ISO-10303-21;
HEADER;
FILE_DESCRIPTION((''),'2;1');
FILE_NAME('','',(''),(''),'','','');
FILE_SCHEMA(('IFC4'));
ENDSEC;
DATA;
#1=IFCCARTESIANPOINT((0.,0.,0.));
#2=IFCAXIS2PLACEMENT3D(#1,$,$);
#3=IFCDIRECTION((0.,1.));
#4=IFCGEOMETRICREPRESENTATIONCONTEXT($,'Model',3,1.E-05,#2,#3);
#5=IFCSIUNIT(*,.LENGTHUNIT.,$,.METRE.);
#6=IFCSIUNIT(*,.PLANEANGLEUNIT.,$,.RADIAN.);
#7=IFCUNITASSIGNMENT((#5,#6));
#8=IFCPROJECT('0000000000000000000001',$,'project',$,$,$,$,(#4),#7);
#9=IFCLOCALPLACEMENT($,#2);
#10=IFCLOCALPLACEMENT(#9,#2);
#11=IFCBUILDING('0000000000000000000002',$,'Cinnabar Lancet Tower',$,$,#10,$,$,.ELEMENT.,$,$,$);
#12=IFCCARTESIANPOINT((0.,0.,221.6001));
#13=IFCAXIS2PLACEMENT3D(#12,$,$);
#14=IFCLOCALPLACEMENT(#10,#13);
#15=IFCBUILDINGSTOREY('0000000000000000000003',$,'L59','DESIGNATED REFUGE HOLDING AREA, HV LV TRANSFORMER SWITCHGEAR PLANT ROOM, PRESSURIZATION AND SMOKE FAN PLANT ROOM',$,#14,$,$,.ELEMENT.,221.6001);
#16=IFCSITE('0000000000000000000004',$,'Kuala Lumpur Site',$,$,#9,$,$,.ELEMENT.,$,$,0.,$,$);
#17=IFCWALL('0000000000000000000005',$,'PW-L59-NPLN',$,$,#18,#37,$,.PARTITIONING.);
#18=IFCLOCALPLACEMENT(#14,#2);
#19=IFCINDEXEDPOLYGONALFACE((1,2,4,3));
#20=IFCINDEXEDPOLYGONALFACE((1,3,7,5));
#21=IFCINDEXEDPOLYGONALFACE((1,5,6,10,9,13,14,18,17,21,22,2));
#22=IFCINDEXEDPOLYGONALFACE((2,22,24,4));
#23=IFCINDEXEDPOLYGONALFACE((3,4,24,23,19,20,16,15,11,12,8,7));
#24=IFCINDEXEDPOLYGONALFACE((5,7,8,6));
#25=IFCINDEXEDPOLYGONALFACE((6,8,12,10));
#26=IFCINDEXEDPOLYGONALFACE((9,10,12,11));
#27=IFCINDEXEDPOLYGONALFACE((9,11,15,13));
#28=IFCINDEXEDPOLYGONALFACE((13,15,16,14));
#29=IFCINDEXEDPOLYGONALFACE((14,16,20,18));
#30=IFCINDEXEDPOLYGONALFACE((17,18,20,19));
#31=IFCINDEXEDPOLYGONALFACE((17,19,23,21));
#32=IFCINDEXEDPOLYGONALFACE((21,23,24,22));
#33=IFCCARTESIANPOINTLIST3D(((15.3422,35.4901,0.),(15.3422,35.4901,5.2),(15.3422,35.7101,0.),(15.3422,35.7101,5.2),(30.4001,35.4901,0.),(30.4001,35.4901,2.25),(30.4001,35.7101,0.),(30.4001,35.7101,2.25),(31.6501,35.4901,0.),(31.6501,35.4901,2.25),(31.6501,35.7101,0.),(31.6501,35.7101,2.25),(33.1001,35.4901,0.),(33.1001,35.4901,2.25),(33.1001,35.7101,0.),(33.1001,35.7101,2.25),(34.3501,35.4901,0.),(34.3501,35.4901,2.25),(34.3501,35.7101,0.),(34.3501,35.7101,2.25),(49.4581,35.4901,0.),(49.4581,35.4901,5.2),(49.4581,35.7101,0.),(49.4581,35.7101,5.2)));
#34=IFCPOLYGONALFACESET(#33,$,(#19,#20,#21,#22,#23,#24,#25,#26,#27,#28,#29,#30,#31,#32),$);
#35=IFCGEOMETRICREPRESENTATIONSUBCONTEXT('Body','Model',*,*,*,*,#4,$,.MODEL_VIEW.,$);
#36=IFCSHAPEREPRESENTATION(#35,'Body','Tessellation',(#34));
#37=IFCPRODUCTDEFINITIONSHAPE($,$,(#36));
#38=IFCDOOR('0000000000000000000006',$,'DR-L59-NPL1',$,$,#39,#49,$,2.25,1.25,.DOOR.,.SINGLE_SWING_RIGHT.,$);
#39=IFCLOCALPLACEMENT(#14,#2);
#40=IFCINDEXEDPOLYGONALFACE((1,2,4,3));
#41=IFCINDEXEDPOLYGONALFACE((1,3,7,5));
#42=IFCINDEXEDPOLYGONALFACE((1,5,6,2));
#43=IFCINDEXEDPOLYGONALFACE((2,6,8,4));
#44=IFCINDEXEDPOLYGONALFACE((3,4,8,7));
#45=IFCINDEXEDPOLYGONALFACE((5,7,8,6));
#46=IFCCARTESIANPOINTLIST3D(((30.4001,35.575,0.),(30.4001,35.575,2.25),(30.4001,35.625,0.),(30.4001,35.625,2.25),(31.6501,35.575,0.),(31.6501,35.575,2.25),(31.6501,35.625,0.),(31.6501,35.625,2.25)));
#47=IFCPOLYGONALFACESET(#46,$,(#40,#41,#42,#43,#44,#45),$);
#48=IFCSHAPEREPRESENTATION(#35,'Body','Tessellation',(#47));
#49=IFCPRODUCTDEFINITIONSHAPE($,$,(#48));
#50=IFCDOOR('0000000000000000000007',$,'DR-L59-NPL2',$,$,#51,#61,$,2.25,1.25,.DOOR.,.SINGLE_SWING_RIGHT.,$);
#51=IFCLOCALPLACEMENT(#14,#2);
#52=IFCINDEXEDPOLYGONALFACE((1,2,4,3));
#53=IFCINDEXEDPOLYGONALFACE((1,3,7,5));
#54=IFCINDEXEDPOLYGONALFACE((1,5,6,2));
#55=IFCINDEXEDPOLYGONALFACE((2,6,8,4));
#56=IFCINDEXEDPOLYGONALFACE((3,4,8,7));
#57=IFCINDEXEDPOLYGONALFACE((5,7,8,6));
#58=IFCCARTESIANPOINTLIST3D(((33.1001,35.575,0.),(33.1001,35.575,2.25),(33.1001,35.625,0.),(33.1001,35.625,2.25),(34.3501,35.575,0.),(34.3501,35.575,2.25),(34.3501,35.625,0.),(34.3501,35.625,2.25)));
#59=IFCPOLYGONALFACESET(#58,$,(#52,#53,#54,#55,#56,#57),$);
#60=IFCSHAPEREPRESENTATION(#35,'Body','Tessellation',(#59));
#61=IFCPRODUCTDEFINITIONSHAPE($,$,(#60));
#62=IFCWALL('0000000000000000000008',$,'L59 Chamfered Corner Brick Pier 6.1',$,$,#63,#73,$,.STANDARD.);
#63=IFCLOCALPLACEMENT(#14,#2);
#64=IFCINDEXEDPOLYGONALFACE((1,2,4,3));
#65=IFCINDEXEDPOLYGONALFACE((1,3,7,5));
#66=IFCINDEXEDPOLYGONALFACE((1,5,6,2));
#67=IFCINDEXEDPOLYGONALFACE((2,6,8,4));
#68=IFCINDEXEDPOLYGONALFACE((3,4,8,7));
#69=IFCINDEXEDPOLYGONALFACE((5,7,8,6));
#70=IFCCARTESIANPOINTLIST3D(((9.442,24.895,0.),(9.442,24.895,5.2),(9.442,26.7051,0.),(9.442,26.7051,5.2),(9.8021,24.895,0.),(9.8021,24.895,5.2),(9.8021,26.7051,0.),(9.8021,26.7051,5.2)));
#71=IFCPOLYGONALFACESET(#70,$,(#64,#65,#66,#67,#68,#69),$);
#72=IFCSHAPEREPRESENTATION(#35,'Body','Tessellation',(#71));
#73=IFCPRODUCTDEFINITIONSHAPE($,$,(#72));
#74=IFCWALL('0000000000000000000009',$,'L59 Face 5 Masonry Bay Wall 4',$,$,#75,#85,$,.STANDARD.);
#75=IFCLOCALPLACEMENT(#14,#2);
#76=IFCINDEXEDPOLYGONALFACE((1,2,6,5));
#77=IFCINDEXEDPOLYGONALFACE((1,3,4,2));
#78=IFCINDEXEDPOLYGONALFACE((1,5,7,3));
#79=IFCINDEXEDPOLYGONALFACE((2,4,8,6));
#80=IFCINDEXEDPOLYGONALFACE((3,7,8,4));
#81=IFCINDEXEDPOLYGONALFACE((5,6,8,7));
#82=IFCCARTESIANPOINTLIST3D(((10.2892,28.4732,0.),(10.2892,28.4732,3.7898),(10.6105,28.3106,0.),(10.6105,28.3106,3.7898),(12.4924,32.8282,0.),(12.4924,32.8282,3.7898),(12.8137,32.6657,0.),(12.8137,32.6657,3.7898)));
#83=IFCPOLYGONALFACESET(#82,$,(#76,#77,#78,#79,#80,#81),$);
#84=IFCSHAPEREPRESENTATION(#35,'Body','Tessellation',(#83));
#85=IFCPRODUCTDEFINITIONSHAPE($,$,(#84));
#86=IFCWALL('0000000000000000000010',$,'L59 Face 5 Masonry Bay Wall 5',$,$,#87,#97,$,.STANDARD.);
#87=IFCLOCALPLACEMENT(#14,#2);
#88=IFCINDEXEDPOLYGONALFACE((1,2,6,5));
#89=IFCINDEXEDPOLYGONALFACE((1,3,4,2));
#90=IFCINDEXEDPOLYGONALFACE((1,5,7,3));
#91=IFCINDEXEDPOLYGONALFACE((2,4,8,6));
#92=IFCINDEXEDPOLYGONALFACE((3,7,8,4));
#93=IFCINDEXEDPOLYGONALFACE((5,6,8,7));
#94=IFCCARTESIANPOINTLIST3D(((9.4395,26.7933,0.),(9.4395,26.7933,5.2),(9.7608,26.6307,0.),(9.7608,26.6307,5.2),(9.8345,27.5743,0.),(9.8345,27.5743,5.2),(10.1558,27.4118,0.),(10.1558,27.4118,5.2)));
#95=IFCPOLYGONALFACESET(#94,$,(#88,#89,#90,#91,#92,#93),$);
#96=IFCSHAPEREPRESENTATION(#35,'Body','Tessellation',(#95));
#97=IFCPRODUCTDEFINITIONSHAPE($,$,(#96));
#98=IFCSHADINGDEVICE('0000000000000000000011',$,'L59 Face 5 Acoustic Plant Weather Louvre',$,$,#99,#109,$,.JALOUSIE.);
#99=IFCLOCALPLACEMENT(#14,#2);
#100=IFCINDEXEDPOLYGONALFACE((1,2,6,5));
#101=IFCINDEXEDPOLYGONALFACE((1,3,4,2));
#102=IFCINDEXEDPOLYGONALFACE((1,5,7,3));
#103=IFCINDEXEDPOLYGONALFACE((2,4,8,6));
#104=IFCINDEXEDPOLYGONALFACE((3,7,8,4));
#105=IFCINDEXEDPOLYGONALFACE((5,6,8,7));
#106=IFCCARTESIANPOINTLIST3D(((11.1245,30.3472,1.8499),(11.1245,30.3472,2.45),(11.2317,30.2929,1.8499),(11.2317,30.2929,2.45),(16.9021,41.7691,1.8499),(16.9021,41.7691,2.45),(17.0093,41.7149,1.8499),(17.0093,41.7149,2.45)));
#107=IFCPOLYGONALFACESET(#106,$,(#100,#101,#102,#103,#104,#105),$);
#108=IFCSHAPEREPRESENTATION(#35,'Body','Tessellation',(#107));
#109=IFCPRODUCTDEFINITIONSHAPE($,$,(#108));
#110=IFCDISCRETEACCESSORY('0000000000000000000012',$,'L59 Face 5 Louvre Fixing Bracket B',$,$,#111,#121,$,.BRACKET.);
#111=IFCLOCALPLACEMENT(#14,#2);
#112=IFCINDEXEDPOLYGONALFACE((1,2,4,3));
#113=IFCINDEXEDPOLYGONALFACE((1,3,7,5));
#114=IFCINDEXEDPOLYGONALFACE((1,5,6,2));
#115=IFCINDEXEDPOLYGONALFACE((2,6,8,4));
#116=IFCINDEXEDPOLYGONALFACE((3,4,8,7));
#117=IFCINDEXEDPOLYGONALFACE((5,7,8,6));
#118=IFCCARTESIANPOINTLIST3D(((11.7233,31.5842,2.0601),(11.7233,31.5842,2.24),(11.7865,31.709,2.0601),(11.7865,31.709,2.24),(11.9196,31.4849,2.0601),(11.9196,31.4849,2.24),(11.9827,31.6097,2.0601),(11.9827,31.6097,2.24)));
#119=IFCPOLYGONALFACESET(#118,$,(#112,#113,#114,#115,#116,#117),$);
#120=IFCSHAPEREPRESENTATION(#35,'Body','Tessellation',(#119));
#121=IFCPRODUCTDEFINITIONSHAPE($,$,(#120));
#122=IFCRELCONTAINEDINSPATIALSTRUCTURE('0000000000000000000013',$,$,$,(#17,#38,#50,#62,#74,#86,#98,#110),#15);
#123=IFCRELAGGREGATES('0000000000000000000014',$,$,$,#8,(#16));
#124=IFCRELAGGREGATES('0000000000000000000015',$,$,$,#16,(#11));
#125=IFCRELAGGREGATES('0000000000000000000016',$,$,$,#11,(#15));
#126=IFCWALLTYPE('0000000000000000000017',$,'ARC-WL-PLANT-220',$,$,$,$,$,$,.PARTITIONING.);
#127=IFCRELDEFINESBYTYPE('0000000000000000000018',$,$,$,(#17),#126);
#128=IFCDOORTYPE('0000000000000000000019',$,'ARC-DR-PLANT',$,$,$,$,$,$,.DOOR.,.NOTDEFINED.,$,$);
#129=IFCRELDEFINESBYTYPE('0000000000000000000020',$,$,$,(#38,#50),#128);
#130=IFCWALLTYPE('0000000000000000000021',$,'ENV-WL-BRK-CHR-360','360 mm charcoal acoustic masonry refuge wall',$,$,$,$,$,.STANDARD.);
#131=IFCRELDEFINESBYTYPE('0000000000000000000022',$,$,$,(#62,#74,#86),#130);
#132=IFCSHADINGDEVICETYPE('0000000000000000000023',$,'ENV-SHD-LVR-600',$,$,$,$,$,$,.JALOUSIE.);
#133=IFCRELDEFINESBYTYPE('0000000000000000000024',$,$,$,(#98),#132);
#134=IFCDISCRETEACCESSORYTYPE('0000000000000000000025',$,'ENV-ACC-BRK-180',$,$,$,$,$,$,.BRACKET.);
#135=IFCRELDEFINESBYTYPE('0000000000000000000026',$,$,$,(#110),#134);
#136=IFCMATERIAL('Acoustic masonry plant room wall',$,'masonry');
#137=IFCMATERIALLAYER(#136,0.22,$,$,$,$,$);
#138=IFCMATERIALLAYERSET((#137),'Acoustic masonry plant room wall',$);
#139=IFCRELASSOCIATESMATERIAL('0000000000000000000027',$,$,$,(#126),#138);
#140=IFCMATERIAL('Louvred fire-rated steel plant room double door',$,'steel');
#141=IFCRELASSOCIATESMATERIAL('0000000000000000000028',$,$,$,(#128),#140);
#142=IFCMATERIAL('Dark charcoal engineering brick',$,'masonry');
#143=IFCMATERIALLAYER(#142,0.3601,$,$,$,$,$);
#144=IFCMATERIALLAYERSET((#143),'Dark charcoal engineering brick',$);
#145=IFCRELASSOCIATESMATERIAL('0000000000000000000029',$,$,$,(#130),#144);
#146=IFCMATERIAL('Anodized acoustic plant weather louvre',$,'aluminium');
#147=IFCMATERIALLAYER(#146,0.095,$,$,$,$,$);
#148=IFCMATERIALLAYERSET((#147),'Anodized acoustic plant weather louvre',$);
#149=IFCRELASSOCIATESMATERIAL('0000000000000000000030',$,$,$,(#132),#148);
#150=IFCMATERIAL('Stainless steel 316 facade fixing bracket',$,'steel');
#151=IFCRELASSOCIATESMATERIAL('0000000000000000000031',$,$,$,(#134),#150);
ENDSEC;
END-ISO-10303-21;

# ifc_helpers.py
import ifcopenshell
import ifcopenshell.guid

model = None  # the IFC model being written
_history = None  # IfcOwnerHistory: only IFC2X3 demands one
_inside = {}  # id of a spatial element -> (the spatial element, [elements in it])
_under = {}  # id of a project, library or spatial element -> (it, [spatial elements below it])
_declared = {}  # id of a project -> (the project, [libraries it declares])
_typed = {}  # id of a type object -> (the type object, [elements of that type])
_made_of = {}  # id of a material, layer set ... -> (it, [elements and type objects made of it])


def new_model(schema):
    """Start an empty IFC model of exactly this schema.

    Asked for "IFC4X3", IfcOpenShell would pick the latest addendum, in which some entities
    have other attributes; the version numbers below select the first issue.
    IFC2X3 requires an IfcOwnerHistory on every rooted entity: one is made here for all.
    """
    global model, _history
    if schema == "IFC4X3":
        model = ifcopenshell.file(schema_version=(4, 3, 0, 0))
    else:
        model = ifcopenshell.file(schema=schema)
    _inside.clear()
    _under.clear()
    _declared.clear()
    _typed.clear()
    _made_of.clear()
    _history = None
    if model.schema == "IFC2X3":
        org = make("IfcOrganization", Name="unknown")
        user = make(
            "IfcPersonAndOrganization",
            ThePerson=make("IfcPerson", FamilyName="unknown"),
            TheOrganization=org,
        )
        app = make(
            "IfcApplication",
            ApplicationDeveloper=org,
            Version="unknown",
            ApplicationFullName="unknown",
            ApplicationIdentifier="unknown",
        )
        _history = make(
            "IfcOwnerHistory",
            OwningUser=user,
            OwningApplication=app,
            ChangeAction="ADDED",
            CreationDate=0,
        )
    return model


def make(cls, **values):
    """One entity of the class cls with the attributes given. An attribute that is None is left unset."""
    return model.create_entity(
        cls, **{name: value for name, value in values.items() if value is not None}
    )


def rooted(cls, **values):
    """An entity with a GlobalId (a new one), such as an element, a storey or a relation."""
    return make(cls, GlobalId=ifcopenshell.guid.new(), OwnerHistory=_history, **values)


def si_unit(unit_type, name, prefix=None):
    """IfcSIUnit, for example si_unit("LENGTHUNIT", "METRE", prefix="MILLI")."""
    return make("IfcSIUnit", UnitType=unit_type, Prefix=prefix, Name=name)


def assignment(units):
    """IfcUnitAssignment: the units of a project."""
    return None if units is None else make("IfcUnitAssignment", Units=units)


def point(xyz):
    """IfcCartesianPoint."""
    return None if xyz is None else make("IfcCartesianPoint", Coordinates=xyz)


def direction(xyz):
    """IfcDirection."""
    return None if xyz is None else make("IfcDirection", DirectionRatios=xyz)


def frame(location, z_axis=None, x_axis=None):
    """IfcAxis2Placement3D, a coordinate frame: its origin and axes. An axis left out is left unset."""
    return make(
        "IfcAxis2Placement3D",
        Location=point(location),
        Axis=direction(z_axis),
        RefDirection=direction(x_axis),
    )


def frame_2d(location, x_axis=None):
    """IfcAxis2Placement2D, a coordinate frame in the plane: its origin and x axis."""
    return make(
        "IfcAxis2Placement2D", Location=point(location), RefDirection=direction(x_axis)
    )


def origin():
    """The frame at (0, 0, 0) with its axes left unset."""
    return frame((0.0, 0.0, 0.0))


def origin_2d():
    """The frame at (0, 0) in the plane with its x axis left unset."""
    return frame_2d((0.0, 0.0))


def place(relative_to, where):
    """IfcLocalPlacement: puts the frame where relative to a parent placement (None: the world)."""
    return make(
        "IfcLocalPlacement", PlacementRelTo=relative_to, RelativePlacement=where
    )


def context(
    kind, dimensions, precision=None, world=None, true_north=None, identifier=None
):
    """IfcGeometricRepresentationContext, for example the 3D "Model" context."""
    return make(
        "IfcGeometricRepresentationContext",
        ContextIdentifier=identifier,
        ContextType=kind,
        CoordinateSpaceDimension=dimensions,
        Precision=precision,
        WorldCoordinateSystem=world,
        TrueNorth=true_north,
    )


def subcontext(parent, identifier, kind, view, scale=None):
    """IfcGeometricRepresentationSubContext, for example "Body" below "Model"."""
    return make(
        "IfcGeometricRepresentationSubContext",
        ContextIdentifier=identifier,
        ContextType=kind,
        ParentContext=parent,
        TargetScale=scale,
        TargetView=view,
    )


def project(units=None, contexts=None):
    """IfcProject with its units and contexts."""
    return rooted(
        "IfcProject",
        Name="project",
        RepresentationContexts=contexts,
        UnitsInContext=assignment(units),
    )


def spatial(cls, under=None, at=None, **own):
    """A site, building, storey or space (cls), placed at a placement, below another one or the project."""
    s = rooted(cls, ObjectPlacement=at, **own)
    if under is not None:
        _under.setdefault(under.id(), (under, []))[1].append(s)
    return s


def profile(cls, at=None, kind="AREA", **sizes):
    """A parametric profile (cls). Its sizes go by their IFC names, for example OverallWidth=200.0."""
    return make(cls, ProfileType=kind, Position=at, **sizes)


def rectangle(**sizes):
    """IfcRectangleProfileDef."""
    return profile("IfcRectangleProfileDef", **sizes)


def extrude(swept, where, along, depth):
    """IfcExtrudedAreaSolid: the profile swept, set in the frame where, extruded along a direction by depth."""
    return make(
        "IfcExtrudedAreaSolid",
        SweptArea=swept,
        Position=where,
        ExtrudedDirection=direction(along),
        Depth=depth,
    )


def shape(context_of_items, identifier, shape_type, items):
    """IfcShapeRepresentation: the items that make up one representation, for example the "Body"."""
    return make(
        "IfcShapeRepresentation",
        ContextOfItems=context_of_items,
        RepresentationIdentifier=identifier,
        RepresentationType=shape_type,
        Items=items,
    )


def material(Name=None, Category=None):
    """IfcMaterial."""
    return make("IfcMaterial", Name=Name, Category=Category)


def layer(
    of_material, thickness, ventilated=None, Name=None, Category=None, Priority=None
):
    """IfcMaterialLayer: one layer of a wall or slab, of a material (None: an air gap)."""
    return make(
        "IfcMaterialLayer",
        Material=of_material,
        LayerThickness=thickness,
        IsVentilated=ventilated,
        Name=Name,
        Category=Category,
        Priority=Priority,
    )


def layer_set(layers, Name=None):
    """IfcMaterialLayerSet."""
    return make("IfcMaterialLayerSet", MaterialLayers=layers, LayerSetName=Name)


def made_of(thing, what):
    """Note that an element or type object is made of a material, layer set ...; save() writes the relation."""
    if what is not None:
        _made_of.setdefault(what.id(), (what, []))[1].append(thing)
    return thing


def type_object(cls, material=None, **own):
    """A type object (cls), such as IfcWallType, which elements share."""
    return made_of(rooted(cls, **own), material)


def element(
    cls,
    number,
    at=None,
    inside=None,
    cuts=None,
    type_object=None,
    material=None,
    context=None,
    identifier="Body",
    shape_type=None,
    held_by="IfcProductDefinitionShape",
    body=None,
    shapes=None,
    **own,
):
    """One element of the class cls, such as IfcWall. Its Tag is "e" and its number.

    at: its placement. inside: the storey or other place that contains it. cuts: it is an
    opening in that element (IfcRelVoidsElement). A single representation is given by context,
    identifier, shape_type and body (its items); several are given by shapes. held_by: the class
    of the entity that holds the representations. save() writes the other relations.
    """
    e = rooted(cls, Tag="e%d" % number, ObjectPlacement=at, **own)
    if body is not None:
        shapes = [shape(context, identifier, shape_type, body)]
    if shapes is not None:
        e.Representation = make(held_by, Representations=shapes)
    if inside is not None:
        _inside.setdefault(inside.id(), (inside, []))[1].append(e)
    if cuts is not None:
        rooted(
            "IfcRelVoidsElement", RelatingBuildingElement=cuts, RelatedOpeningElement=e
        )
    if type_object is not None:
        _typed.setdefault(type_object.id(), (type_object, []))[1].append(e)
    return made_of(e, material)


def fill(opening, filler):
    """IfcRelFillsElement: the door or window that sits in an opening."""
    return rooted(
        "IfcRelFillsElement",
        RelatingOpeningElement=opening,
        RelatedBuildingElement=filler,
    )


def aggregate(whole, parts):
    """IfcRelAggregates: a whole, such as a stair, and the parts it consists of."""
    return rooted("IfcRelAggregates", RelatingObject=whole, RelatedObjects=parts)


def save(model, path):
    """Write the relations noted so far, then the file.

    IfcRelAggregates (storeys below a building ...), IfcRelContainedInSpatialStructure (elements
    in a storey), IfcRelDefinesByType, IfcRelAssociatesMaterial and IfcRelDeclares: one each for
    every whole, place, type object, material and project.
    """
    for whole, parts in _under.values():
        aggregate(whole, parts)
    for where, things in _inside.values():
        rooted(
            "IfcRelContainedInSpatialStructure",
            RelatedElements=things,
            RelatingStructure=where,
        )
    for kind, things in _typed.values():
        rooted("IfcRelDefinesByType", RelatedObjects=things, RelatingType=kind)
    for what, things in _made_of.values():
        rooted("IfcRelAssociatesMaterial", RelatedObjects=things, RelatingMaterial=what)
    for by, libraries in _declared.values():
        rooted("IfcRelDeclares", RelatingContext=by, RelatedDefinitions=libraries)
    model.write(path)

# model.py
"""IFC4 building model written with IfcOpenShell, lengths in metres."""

from ifc_helpers import new_model, si_unit, direction, frame, frame_2d, origin, origin_2d, place, context, subcontext, project, spatial, rectangle, extrude, material, layer, layer_set, type_object, element, fill, save


model = new_model("IFC4")

# Units and contexts
model_context = context("Model", 3, precision=1e-05, world=origin(), true_north=direction((0.0, 1.0)))
body_context = subcontext(model_context, "Body", "Model", "MODEL_VIEW")
ifc_project = project(units=[si_unit("LENGTHUNIT", "METRE"), si_unit("PLANEANGLEUNIT", "RADIAN")], contexts=[model_context])

# Site, building, storey
site_placement = place(None, origin())
site = spatial("IfcSite", under=ifc_project, at=site_placement, Name="Kuala Lumpur Site", CompositionType="ELEMENT", RefElevation=0.0)
building_placement = place(site_placement, origin())
building = spatial("IfcBuilding", under=site, at=building_placement, Name="Cinnabar Lancet Tower", CompositionType="ELEMENT")
storey_placement = place(building_placement, frame((0.0, 0.0, 221.6001)))
storey = spatial("IfcBuildingStorey", under=building, at=storey_placement, Name="L59", Description="DESIGNATED REFUGE HOLDING AREA, HV LV TRANSFORMER SWITCHGEAR PLANT ROOM, PRESSURIZATION AND SMOKE FAN PLANT ROOM", CompositionType="ELEMENT", Elevation=221.6001)

# Shared definitions
ifc_material_1 = material(Name="Acoustic masonry plant room wall", Category="masonry")
ifc_layer_1 = layer(ifc_material_1, 0.22)
ifc_layer_set_1 = layer_set([ifc_layer_1], Name="Acoustic masonry plant room wall")
wall_type_1 = type_object("IfcWallType", Name="ARC-WL-PLANT-220", PredefinedType="PARTITIONING", material=ifc_layer_set_1)

# Wall, openings, doors
wall_1_placement = place(storey_placement, frame((15.342, 35.6001, 0.0), z_axis=(0.0, 0.0, 1.0), x_axis=(1.0, 0.0, 0.0)))
wall_1 = element("IfcWall", 1, at=wall_1_placement, inside=storey, type_object=wall_type_1, Name="PW-L59-NPLN", PredefinedType="PARTITIONING", context=body_context, shape_type="SweptSolid", body=[
    extrude(rectangle(XDim=34.116, YDim=0.22, at=frame_2d((17.0581, 0.0))), origin(), (0.0, 0.0, 1.0), 5.2),
])
opening_1_placement = place(wall_1_placement, frame((15.0581, 0.0, 0.0)))
opening_1 = element("IfcOpeningElement", 2, at=opening_1_placement, cuts=wall_1, PredefinedType="OPENING", context=body_context, shape_type="SweptSolid", body=[
    extrude(rectangle(XDim=1.25, YDim=2.25, at=frame_2d((0.625, 1.125))), frame((0.0, 0.1199, 0.0), z_axis=(0.0, -1.0, 0.0), x_axis=(1.0, 0.0, 0.0)), (0.0, 0.0, 1.0), 0.24),
])
opening_2_placement = place(wall_1_placement, frame((17.7581, 0.0, 0.0)))
opening_2 = element("IfcOpeningElement", 3, at=opening_2_placement, cuts=wall_1, PredefinedType="OPENING", context=body_context, shape_type="SweptSolid", body=[
    extrude(rectangle(XDim=1.25, YDim=2.25, at=frame_2d((0.625, 1.125))), frame((0.0, 0.1199, 0.0), z_axis=(0.0, -1.0, 0.0), x_axis=(1.0, 0.0, 0.0)), (0.0, 0.0, 1.0), 0.24),
])
ifc_material_2 = material(Name="Louvred fire-rated steel plant room double door", Category="steel")
door_type_1 = type_object("IfcDoorType", Name="ARC-DR-PLANT", OperationType="NOTDEFINED", PredefinedType="DOOR", material=ifc_material_2)
door_1_placement = place(opening_1_placement, origin())
door_1 = element("IfcDoor", 4, at=door_1_placement, inside=storey, type_object=door_type_1, Name="DR-L59-NPL1", OperationType="SINGLE_SWING_RIGHT", OverallHeight=2.25, OverallWidth=1.25, PredefinedType="DOOR", context=body_context, shape_type="SweptSolid", body=[
    extrude(rectangle(XDim=1.25, YDim=2.25, at=frame_2d((0.625, 1.125))), frame((0.0, 0.0249, 0.0), z_axis=(0.0, -1.0, 0.0), x_axis=(1.0, 0.0, 0.0)), (0.0, 0.0, 1.0), 0.05),
])
fill(opening_1, door_1)
door_2_placement = place(opening_2_placement, origin())
door_2 = element("IfcDoor", 5, at=door_2_placement, inside=storey, type_object=door_type_1, Name="DR-L59-NPL2", OperationType="SINGLE_SWING_RIGHT", OverallHeight=2.25, OverallWidth=1.25, PredefinedType="DOOR", context=body_context, shape_type="SweptSolid", body=[
    extrude(rectangle(XDim=1.25, YDim=2.25, at=frame_2d((0.625, 1.125))), frame((0.0, 0.0249, 0.0), z_axis=(0.0, -1.0, 0.0), x_axis=(1.0, 0.0, 0.0)), (0.0, 0.0, 1.0), 0.05),
])
fill(opening_2, door_2)

# Walls
ifc_material_3 = material(Name="Dark charcoal engineering brick", Category="masonry")
ifc_layer_2 = layer(ifc_material_3, 0.3601)
ifc_layer_set_2 = layer_set([ifc_layer_2], Name="Dark charcoal engineering brick")
wall_type_2 = type_object("IfcWallType", Name="ENV-WL-BRK-CHR-360", Description="360 mm charcoal acoustic masonry refuge wall", PredefinedType="STANDARD", material=ifc_layer_set_2)
wall_2_placement = place(storey_placement, frame((9.6221, 26.7051, 0.0), z_axis=(0.0, 0.0, 1.0), x_axis=(0.0, -1.0, 0.0)))
element("IfcWall", 6, at=wall_2_placement, inside=storey, type_object=wall_type_2, Name="L59 Chamfered Corner Brick Pier 6.1", PredefinedType="STANDARD", context=body_context, shape_type="SweptSolid", body=[
    extrude(rectangle(XDim=1.8101, YDim=0.3601, at=frame_2d((0.905, 0.0))), origin(), (0.0, 0.0, 1.0), 5.2),
])
wall_3_placement = place(storey_placement, frame((12.6531, 32.7471, 0.0), z_axis=(0.0, 0.0, 1.0), x_axis=(-0.451411, -0.892316, 0.0)))
element("IfcWall", 7, at=wall_3_placement, inside=storey, type_object=wall_type_2, Name="L59 Face 5 Masonry Bay Wall 4", PredefinedType="STANDARD", context=body_context, shape_type="SweptSolid", body=[
    extrude(rectangle(XDim=4.8806, YDim=0.3601, at=frame_2d((2.4404, 0.0))), origin(), (0.0, 0.0, 1.0), 3.7898),
])
wall_4_placement = place(storey_placement, frame((9.9951, 27.4929, 0.0), z_axis=(0.0, 0.0, 1.0), x_axis=(-0.451337, -0.892353, 0.0)))
element("IfcWall", 8, at=wall_4_placement, inside=storey, type_object=wall_type_2, Name="L59 Face 5 Masonry Bay Wall 5", PredefinedType="STANDARD", context=body_context, shape_type="SweptSolid", body=[
    extrude(rectangle(XDim=0.8752, YDim=0.3601, at=frame_2d((0.4375, 0.0))), origin(), (0.0, 0.0, 1.0), 5.2),
])

# Shading device
ifc_material_4 = material(Name="Anodized acoustic plant weather louvre", Category="aluminium")
ifc_layer_3 = layer(ifc_material_4, 0.095)
ifc_layer_set_3 = layer_set([ifc_layer_3], Name="Anodized acoustic plant weather louvre")
shading_device_type = type_object("IfcShadingDeviceType", Name="ENV-SHD-LVR-600", PredefinedType="JALOUSIE", material=ifc_layer_set_3)
shading_device_placement = place(storey_placement, frame((14.0669, 36.031, 1.8499), z_axis=(0.0, 0.0, 1.0), x_axis=(-0.451376, -0.892334, 0.0)))
element("IfcShadingDevice", 9, at=shading_device_placement, inside=storey, type_object=shading_device_type, Name="L59 Face 5 Acoustic Plant Weather Louvre", PredefinedType="JALOUSIE", context=body_context, shape_type="SweptSolid", body=[
    extrude(rectangle(XDim=12.8, YDim=0.1201, at=origin_2d()), origin(), (0.0, 0.0, 1.0), 0.6001),
])

# Discrete accessory
ifc_material_5 = material(Name="Stainless steel 316 facade fixing bracket", Category="steel")
discrete_accessory_type = type_object("IfcDiscreteAccessoryType", Name="ENV-ACC-BRK-180", PredefinedType="BRACKET", material=ifc_material_5)
discrete_accessory_placement = place(storey_placement, frame((11.853, 31.5969, 2.0601), z_axis=(0.0, 0.0, 1.0), x_axis=(-0.451376, -0.892334, 0.0)))
element("IfcDiscreteAccessory", 10, at=discrete_accessory_placement, inside=storey, type_object=discrete_accessory_type, Name="L59 Face 5 Louvre Fixing Bracket B", PredefinedType="BRACKET", context=body_context, shape_type="SweptSolid", body=[
    extrude(rectangle(XDim=0.1399, YDim=0.22, at=origin_2d()), origin(), (0.0, 0.0, 1.0), 0.1799),
])

save(model, "model.ifc")
